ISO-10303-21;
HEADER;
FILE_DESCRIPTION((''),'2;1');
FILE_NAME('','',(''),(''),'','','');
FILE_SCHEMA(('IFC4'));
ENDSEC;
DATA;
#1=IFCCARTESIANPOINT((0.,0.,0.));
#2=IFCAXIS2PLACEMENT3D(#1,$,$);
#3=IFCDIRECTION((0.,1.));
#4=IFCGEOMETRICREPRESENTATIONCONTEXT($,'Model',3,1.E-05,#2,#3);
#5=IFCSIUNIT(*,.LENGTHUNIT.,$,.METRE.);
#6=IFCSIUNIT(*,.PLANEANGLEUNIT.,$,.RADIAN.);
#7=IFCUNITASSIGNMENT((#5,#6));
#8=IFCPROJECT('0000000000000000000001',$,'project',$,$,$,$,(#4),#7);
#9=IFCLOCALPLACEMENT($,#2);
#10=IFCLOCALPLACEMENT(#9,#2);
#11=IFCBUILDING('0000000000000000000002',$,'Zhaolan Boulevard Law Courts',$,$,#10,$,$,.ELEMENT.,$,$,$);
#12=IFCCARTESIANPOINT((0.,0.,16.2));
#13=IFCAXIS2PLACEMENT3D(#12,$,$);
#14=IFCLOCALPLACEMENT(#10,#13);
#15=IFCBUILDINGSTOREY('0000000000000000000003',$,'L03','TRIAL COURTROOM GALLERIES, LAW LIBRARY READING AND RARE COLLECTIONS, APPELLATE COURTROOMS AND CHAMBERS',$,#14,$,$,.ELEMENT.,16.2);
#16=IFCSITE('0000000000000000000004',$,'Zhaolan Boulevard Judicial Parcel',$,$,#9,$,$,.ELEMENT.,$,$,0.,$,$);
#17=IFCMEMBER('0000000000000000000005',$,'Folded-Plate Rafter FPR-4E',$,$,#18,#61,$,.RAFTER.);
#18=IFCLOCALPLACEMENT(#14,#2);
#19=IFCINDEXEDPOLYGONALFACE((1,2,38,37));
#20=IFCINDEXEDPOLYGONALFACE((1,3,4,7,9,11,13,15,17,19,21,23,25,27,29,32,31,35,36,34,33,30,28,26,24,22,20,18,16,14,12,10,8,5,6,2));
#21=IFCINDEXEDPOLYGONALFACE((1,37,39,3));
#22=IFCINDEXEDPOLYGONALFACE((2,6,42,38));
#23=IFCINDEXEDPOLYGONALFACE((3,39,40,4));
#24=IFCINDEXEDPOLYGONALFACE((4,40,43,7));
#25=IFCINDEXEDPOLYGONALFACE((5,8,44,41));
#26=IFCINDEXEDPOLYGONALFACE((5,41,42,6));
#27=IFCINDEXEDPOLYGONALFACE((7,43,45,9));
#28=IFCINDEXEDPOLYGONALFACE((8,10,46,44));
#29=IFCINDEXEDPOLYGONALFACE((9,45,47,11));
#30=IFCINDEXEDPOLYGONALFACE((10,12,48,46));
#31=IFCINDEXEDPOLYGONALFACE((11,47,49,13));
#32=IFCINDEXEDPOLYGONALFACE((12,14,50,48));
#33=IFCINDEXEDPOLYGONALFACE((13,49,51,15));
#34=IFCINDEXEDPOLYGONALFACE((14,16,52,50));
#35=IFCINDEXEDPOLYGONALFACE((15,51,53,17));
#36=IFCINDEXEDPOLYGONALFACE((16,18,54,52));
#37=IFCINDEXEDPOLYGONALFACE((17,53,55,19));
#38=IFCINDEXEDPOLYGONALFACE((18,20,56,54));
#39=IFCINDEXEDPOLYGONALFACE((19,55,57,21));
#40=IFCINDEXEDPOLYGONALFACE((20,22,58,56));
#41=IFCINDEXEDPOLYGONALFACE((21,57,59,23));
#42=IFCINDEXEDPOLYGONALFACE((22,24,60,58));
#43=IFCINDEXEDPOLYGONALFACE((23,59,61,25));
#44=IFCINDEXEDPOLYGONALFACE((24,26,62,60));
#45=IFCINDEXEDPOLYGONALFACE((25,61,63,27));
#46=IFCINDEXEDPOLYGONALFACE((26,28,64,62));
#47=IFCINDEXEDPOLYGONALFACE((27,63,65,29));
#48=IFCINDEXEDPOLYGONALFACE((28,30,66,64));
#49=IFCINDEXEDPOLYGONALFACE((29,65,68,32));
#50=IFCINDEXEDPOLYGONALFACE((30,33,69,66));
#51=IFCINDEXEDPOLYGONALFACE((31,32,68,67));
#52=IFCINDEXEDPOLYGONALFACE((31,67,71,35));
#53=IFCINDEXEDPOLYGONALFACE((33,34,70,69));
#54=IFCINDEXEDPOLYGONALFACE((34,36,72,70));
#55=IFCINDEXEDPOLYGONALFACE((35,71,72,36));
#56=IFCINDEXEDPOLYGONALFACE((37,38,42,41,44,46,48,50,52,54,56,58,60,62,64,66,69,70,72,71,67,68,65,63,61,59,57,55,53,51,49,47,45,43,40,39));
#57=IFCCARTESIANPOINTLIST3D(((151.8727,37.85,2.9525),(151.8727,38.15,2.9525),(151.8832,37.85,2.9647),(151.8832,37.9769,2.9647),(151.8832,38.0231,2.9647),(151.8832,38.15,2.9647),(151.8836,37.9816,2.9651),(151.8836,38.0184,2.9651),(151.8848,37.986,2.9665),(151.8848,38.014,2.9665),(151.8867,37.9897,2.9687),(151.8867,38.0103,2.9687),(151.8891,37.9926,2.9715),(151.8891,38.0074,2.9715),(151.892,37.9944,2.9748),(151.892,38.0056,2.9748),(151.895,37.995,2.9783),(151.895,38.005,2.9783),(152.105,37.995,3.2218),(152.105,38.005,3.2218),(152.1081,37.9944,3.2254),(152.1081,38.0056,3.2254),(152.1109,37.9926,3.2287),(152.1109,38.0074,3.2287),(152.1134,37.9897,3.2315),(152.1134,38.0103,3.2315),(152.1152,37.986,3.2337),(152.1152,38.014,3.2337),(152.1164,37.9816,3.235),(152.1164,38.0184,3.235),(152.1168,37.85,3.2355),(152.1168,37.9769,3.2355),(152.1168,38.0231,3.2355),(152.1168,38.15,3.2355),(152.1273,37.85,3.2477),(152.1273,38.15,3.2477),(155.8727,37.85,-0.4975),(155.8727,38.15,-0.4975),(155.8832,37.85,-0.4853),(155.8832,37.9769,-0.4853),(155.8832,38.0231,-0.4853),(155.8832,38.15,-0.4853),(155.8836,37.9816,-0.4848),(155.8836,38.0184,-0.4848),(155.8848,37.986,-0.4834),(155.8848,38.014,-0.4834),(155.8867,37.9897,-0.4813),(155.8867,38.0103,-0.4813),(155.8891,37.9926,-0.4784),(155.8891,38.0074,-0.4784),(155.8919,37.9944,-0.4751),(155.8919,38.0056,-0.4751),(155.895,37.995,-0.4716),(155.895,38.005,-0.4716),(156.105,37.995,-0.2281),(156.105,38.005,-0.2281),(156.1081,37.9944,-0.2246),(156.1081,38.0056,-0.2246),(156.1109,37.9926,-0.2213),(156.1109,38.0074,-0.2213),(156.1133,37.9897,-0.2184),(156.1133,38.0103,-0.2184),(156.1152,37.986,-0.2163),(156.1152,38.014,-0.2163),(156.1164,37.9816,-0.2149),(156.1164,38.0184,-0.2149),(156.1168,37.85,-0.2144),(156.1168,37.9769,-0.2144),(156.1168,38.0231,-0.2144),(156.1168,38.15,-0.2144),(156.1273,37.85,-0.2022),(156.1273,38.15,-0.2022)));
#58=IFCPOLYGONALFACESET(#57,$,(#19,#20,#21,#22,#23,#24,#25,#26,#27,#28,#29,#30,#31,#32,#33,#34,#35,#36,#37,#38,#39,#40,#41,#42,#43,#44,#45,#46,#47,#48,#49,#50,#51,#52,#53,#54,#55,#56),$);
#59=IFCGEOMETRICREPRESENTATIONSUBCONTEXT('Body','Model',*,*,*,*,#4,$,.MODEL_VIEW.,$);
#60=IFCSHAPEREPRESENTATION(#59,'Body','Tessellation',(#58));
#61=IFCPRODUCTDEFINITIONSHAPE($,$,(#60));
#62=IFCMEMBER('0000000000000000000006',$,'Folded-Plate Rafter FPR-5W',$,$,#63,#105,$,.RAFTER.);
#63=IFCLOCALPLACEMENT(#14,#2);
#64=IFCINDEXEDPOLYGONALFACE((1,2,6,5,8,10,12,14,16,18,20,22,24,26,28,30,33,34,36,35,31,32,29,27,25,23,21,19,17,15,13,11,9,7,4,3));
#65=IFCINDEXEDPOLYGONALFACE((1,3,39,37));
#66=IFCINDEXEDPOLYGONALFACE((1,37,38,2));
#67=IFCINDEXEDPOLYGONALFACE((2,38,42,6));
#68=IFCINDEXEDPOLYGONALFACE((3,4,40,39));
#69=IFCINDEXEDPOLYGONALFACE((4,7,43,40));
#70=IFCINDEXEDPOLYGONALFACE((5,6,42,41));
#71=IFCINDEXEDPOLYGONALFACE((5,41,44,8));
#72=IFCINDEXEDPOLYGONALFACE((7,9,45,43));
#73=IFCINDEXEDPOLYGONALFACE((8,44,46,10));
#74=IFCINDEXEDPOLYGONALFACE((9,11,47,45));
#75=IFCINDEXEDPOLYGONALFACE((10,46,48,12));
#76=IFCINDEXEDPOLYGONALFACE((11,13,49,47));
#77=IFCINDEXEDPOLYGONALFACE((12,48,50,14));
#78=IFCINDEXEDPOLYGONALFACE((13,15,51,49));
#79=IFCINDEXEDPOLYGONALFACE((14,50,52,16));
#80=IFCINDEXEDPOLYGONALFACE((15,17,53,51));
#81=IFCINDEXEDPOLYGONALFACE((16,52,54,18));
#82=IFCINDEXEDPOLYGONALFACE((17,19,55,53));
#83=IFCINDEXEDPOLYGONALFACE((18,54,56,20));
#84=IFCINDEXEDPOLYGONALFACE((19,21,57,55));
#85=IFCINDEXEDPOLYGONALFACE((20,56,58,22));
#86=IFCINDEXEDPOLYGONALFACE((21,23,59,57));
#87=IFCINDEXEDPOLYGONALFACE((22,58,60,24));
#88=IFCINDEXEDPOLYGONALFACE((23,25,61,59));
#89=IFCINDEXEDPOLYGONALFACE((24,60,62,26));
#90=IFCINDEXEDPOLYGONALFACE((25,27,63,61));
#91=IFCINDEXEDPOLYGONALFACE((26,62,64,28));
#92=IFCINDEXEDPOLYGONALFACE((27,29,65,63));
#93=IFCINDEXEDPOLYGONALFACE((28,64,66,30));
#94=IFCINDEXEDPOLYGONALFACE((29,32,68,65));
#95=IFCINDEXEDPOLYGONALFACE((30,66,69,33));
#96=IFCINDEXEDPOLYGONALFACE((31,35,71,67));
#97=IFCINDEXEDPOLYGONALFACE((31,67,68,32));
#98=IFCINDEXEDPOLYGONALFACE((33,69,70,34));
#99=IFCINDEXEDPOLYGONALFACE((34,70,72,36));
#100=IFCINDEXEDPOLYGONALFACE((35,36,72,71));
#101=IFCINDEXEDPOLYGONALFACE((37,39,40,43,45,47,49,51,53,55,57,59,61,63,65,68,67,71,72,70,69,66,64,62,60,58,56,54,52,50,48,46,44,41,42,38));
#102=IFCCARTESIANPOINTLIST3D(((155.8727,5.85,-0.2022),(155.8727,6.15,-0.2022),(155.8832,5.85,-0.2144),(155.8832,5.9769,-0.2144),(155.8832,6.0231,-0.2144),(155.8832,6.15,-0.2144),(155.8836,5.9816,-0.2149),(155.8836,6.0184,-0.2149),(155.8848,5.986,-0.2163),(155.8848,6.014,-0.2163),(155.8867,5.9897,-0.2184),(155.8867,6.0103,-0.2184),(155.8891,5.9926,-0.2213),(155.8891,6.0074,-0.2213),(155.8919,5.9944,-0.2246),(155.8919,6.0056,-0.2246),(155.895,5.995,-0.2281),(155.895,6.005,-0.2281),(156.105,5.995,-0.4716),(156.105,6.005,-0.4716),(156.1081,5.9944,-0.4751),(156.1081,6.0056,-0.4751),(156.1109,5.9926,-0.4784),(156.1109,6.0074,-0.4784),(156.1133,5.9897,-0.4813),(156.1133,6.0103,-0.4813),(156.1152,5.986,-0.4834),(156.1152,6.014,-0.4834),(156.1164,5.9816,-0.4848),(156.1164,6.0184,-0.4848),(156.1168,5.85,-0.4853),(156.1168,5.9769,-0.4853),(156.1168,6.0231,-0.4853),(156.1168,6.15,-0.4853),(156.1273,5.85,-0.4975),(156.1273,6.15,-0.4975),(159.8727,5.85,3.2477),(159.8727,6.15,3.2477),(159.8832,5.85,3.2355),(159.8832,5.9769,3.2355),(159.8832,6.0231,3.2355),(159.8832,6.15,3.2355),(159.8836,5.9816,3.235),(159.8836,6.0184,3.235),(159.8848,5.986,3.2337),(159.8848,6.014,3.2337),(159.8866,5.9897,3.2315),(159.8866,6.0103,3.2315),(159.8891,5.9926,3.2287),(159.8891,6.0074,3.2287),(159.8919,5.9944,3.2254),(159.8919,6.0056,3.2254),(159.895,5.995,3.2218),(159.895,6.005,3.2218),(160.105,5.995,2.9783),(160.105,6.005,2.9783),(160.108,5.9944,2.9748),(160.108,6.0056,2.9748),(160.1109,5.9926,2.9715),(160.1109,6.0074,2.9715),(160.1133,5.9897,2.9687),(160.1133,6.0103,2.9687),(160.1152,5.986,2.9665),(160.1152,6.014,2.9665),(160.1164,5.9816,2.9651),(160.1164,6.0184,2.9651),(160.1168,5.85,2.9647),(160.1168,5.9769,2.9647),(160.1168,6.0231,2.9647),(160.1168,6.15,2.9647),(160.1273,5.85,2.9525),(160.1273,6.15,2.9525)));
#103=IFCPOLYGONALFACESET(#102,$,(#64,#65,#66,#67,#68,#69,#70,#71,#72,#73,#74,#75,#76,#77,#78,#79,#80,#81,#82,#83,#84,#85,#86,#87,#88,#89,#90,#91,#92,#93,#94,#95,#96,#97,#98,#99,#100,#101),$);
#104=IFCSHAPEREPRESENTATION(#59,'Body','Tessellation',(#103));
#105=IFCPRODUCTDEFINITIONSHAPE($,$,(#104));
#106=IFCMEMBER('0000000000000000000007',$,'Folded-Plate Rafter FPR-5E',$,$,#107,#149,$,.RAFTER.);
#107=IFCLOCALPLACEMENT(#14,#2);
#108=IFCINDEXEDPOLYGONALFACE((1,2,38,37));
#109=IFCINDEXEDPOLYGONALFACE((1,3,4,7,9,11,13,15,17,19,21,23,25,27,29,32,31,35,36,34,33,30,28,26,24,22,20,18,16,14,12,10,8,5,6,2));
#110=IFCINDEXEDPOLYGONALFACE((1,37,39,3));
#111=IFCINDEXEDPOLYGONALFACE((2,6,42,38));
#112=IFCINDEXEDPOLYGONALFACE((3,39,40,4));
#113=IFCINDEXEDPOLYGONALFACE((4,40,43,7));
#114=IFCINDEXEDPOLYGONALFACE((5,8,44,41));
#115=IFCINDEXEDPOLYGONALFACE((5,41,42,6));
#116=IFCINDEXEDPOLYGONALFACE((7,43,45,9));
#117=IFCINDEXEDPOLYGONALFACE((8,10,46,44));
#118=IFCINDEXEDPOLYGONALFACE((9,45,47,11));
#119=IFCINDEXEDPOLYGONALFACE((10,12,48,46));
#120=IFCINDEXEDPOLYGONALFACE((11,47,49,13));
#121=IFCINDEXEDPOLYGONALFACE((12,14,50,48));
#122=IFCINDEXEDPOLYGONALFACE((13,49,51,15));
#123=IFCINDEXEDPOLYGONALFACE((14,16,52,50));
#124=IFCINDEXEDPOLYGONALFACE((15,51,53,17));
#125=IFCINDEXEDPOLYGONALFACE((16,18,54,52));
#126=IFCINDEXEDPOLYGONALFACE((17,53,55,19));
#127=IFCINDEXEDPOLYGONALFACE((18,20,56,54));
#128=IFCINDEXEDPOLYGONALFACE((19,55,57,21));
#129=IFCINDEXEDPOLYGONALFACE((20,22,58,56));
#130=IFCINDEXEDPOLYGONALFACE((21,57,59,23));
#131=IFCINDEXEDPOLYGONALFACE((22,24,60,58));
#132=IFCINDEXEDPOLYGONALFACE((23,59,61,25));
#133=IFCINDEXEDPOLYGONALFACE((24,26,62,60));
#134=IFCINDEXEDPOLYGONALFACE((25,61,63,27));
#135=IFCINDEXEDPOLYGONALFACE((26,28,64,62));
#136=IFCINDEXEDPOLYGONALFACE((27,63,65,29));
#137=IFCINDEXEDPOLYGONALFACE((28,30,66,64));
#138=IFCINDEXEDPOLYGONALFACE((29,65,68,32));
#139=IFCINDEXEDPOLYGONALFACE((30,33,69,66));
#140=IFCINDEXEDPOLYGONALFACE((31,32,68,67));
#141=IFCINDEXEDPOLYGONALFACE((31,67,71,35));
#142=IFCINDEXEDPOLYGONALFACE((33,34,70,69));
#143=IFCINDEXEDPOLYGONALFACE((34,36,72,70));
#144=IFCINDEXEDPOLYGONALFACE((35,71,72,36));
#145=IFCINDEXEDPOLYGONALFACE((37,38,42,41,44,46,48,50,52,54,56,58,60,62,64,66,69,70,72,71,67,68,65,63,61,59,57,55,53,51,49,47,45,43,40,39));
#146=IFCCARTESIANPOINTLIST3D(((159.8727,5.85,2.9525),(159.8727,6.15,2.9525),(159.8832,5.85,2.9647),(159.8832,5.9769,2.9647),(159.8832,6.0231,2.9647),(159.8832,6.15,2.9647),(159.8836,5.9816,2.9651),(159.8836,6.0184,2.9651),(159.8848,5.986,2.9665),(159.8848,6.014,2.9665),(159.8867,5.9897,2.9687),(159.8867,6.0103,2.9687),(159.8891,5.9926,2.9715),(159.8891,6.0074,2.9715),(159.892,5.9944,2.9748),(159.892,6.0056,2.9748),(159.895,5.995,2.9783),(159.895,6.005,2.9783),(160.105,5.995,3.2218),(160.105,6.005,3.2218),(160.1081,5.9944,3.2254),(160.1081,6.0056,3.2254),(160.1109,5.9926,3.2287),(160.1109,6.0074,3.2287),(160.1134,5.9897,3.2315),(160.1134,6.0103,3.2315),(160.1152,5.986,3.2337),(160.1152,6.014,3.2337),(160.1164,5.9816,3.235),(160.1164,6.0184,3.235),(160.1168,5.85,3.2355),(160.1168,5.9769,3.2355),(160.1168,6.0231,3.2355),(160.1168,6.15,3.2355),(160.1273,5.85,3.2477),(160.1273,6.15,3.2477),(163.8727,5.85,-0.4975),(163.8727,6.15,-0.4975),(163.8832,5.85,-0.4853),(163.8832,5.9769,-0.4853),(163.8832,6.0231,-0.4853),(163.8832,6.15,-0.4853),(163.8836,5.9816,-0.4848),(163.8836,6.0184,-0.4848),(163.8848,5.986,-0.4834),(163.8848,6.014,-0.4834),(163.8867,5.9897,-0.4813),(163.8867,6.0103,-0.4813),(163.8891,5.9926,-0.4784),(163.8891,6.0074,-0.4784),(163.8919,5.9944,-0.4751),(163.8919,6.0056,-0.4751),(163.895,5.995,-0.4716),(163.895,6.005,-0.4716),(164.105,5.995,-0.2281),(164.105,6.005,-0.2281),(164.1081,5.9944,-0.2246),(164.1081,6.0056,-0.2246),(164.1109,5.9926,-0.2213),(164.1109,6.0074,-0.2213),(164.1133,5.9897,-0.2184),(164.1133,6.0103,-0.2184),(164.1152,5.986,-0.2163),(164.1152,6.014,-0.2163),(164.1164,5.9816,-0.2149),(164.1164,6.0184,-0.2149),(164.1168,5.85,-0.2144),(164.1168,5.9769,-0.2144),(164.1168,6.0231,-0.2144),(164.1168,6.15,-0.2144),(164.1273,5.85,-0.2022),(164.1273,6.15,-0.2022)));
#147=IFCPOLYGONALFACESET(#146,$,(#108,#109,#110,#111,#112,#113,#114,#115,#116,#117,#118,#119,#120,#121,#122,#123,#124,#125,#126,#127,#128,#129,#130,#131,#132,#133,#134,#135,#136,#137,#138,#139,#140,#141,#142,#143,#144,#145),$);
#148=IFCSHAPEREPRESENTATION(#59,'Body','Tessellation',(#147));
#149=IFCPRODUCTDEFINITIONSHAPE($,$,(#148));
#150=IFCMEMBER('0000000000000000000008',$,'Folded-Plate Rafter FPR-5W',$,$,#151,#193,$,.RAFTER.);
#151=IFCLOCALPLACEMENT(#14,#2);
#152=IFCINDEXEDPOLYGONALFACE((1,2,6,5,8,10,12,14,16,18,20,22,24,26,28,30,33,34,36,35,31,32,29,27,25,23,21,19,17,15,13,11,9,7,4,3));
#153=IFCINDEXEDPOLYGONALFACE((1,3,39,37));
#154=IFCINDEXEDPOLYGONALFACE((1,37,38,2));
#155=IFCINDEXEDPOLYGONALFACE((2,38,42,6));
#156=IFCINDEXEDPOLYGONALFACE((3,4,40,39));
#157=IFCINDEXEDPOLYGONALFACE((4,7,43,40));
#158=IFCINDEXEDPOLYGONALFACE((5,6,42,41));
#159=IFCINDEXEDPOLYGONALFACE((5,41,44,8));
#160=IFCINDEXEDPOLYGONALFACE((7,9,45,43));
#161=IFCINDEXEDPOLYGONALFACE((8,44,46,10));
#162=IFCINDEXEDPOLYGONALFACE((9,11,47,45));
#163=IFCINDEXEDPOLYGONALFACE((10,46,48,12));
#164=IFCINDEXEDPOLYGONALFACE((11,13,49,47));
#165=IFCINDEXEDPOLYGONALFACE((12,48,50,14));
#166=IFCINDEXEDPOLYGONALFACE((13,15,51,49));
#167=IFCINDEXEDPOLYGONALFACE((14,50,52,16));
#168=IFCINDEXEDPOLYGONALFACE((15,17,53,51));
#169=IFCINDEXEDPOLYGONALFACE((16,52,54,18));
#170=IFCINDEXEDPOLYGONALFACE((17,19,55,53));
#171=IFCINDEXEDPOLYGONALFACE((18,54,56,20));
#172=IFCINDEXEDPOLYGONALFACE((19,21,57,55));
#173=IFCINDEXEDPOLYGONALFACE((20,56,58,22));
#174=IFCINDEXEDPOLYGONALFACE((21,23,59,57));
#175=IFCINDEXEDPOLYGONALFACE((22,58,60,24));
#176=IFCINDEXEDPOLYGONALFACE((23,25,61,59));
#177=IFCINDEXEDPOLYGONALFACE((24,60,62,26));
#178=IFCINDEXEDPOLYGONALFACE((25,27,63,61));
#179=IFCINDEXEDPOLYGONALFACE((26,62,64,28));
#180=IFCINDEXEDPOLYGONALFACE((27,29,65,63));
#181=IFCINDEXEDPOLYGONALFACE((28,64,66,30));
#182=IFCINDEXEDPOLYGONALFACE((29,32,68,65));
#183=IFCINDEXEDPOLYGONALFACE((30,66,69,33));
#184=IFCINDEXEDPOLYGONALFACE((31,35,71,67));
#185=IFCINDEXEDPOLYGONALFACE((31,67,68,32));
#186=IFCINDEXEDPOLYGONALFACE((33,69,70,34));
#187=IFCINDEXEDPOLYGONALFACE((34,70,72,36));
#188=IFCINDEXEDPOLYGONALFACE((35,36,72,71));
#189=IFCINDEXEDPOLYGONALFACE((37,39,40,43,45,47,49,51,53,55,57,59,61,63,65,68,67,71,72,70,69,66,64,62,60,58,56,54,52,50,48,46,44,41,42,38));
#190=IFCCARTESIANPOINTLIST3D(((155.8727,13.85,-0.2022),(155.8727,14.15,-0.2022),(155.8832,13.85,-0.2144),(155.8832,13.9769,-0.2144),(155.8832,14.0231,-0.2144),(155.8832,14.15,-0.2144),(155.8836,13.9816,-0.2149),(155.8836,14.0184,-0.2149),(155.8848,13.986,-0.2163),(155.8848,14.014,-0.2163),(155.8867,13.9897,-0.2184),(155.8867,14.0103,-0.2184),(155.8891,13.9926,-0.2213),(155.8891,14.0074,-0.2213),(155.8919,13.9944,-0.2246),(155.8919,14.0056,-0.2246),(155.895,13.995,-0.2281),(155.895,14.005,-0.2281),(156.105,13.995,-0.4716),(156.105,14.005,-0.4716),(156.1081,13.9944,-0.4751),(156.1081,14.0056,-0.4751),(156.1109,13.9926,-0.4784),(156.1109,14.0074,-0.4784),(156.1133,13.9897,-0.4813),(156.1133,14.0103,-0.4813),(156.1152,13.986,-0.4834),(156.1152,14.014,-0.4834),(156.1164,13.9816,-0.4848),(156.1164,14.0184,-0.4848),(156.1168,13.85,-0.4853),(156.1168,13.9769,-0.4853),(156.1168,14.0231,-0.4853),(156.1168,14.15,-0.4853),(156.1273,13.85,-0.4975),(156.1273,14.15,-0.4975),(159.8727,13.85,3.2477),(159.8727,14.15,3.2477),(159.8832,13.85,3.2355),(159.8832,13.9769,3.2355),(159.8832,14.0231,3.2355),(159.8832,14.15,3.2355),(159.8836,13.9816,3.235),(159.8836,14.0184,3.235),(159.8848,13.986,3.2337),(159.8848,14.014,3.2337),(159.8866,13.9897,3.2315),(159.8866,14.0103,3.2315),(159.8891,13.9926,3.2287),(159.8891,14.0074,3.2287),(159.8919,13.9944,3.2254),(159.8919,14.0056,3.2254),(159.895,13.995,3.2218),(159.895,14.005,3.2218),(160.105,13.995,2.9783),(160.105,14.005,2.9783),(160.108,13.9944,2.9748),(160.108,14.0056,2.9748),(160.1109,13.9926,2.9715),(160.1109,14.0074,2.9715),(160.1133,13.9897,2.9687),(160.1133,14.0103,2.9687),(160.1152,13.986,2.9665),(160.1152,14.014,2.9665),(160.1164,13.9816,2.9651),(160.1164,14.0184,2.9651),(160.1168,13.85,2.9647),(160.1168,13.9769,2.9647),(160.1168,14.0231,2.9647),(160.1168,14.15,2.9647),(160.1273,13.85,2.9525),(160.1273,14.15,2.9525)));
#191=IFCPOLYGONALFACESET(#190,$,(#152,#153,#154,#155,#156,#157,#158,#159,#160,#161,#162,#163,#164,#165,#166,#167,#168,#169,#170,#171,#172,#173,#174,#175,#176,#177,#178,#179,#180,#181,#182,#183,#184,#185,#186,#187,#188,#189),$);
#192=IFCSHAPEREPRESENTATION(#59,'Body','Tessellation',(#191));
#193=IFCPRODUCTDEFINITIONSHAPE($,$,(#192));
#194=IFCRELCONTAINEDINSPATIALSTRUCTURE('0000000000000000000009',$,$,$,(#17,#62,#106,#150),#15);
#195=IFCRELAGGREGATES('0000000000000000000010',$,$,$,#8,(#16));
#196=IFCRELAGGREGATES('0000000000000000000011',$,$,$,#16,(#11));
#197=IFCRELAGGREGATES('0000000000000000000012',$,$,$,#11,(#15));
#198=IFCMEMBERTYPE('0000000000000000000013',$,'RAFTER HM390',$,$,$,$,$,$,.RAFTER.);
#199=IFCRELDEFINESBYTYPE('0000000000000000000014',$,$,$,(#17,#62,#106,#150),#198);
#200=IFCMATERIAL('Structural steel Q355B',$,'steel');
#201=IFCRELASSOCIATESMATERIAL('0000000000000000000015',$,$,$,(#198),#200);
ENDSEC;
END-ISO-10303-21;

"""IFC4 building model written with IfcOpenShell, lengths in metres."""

from ifc_helpers import new_model, si_unit, direction, frame, origin, origin_2d, place, context, subcontext, project, spatial, i_section, extrude, material, material_profile, profile_set, type_object, element, save


model = new_model("IFC4")

# Units and contexts
model_context = context("Model", 3, precision=1e-05, world=origin(), true_north=direction((0.0, 1.0)))
body_context = subcontext(model_context, "Body", "Model", "MODEL_VIEW")
ifc_project = project(units=[si_unit("LENGTHUNIT", "METRE"), si_unit("PLANEANGLEUNIT", "RADIAN")], contexts=[model_context])

# Site, building, storey
site_placement = place(None, origin())
site = spatial("IfcSite", under=ifc_project, at=site_placement, Name="Zhaolan Boulevard Judicial Parcel", CompositionType="ELEMENT", RefElevation=0.0)
building_placement = place(site_placement, origin())
building = spatial("IfcBuilding", under=site, at=building_placement, Name="Zhaolan Boulevard Law Courts", CompositionType="ELEMENT")
storey_placement = place(building_placement, frame((0.0, 0.0, 16.2)))
storey = spatial("IfcBuildingStorey", under=building, at=storey_placement, Name="L03", Description="TRIAL COURTROOM GALLERIES, LAW LIBRARY READING AND RARE COLLECTIONS, APPELLATE COURTROOMS AND CHAMBERS", CompositionType="ELEMENT", Elevation=16.2)

# Members
ifc_material_1 = material(Name="Structural steel Q355B", Category="steel")
ifc_material_profile_1 = material_profile(ifc_material_1, i_section(OverallWidth=0.3, OverallDepth=0.3899, WebThickness=0.01, FlangeThickness=0.0161, FilletRadius=0.0181, at=origin_2d()), Name="HM390x300")
ifc_profile_set_1 = profile_set([ifc_material_profile_1], Name="Structural steel Q355B")
member_type_1 = type_object("IfcMemberType", Name="RAFTER HM390", PredefinedType="RAFTER", material=ifc_profile_set_1)
for number, where, z_axis, x_axis, name in (
    (1, (156.0, 38.0, -0.3499), (-0.757253, 0.0, 0.653122), (0.0, -1.0, 0.0), "Folded-Plate Rafter FPR-4E"),
    (2, (156.0, 6.0, -0.3499), (0.757253, 0.0, 0.653122), (0.0, 1.0, 0.0), "Folded-Plate Rafter FPR-5W"),
    (3, (164.0, 6.0, -0.3499), (-0.757253, 0.0, 0.653122), (0.0, -1.0, 0.0), "Folded-Plate Rafter FPR-5E"),
    (4, (156.0, 14.0, -0.3499), (0.757253, 0.0, 0.653122), (0.0, 1.0, 0.0), "Folded-Plate Rafter FPR-5W"),
):
    element("IfcMember", number, at=place(storey_placement, frame(where, z_axis=z_axis, x_axis=x_axis)), inside=storey, type_object=member_type_1, Name=name, PredefinedType="RAFTER", context=body_context, shape_type="SweptSolid", body=[
        extrude(i_section(OverallWidth=0.3, OverallDepth=0.3899, WebThickness=0.01, FlangeThickness=0.0161, FilletRadius=0.0181, at=origin_2d()), origin(), (0.0, 0.0, 1.0), 5.2822),
    ])

save(model, "model.ifc")
